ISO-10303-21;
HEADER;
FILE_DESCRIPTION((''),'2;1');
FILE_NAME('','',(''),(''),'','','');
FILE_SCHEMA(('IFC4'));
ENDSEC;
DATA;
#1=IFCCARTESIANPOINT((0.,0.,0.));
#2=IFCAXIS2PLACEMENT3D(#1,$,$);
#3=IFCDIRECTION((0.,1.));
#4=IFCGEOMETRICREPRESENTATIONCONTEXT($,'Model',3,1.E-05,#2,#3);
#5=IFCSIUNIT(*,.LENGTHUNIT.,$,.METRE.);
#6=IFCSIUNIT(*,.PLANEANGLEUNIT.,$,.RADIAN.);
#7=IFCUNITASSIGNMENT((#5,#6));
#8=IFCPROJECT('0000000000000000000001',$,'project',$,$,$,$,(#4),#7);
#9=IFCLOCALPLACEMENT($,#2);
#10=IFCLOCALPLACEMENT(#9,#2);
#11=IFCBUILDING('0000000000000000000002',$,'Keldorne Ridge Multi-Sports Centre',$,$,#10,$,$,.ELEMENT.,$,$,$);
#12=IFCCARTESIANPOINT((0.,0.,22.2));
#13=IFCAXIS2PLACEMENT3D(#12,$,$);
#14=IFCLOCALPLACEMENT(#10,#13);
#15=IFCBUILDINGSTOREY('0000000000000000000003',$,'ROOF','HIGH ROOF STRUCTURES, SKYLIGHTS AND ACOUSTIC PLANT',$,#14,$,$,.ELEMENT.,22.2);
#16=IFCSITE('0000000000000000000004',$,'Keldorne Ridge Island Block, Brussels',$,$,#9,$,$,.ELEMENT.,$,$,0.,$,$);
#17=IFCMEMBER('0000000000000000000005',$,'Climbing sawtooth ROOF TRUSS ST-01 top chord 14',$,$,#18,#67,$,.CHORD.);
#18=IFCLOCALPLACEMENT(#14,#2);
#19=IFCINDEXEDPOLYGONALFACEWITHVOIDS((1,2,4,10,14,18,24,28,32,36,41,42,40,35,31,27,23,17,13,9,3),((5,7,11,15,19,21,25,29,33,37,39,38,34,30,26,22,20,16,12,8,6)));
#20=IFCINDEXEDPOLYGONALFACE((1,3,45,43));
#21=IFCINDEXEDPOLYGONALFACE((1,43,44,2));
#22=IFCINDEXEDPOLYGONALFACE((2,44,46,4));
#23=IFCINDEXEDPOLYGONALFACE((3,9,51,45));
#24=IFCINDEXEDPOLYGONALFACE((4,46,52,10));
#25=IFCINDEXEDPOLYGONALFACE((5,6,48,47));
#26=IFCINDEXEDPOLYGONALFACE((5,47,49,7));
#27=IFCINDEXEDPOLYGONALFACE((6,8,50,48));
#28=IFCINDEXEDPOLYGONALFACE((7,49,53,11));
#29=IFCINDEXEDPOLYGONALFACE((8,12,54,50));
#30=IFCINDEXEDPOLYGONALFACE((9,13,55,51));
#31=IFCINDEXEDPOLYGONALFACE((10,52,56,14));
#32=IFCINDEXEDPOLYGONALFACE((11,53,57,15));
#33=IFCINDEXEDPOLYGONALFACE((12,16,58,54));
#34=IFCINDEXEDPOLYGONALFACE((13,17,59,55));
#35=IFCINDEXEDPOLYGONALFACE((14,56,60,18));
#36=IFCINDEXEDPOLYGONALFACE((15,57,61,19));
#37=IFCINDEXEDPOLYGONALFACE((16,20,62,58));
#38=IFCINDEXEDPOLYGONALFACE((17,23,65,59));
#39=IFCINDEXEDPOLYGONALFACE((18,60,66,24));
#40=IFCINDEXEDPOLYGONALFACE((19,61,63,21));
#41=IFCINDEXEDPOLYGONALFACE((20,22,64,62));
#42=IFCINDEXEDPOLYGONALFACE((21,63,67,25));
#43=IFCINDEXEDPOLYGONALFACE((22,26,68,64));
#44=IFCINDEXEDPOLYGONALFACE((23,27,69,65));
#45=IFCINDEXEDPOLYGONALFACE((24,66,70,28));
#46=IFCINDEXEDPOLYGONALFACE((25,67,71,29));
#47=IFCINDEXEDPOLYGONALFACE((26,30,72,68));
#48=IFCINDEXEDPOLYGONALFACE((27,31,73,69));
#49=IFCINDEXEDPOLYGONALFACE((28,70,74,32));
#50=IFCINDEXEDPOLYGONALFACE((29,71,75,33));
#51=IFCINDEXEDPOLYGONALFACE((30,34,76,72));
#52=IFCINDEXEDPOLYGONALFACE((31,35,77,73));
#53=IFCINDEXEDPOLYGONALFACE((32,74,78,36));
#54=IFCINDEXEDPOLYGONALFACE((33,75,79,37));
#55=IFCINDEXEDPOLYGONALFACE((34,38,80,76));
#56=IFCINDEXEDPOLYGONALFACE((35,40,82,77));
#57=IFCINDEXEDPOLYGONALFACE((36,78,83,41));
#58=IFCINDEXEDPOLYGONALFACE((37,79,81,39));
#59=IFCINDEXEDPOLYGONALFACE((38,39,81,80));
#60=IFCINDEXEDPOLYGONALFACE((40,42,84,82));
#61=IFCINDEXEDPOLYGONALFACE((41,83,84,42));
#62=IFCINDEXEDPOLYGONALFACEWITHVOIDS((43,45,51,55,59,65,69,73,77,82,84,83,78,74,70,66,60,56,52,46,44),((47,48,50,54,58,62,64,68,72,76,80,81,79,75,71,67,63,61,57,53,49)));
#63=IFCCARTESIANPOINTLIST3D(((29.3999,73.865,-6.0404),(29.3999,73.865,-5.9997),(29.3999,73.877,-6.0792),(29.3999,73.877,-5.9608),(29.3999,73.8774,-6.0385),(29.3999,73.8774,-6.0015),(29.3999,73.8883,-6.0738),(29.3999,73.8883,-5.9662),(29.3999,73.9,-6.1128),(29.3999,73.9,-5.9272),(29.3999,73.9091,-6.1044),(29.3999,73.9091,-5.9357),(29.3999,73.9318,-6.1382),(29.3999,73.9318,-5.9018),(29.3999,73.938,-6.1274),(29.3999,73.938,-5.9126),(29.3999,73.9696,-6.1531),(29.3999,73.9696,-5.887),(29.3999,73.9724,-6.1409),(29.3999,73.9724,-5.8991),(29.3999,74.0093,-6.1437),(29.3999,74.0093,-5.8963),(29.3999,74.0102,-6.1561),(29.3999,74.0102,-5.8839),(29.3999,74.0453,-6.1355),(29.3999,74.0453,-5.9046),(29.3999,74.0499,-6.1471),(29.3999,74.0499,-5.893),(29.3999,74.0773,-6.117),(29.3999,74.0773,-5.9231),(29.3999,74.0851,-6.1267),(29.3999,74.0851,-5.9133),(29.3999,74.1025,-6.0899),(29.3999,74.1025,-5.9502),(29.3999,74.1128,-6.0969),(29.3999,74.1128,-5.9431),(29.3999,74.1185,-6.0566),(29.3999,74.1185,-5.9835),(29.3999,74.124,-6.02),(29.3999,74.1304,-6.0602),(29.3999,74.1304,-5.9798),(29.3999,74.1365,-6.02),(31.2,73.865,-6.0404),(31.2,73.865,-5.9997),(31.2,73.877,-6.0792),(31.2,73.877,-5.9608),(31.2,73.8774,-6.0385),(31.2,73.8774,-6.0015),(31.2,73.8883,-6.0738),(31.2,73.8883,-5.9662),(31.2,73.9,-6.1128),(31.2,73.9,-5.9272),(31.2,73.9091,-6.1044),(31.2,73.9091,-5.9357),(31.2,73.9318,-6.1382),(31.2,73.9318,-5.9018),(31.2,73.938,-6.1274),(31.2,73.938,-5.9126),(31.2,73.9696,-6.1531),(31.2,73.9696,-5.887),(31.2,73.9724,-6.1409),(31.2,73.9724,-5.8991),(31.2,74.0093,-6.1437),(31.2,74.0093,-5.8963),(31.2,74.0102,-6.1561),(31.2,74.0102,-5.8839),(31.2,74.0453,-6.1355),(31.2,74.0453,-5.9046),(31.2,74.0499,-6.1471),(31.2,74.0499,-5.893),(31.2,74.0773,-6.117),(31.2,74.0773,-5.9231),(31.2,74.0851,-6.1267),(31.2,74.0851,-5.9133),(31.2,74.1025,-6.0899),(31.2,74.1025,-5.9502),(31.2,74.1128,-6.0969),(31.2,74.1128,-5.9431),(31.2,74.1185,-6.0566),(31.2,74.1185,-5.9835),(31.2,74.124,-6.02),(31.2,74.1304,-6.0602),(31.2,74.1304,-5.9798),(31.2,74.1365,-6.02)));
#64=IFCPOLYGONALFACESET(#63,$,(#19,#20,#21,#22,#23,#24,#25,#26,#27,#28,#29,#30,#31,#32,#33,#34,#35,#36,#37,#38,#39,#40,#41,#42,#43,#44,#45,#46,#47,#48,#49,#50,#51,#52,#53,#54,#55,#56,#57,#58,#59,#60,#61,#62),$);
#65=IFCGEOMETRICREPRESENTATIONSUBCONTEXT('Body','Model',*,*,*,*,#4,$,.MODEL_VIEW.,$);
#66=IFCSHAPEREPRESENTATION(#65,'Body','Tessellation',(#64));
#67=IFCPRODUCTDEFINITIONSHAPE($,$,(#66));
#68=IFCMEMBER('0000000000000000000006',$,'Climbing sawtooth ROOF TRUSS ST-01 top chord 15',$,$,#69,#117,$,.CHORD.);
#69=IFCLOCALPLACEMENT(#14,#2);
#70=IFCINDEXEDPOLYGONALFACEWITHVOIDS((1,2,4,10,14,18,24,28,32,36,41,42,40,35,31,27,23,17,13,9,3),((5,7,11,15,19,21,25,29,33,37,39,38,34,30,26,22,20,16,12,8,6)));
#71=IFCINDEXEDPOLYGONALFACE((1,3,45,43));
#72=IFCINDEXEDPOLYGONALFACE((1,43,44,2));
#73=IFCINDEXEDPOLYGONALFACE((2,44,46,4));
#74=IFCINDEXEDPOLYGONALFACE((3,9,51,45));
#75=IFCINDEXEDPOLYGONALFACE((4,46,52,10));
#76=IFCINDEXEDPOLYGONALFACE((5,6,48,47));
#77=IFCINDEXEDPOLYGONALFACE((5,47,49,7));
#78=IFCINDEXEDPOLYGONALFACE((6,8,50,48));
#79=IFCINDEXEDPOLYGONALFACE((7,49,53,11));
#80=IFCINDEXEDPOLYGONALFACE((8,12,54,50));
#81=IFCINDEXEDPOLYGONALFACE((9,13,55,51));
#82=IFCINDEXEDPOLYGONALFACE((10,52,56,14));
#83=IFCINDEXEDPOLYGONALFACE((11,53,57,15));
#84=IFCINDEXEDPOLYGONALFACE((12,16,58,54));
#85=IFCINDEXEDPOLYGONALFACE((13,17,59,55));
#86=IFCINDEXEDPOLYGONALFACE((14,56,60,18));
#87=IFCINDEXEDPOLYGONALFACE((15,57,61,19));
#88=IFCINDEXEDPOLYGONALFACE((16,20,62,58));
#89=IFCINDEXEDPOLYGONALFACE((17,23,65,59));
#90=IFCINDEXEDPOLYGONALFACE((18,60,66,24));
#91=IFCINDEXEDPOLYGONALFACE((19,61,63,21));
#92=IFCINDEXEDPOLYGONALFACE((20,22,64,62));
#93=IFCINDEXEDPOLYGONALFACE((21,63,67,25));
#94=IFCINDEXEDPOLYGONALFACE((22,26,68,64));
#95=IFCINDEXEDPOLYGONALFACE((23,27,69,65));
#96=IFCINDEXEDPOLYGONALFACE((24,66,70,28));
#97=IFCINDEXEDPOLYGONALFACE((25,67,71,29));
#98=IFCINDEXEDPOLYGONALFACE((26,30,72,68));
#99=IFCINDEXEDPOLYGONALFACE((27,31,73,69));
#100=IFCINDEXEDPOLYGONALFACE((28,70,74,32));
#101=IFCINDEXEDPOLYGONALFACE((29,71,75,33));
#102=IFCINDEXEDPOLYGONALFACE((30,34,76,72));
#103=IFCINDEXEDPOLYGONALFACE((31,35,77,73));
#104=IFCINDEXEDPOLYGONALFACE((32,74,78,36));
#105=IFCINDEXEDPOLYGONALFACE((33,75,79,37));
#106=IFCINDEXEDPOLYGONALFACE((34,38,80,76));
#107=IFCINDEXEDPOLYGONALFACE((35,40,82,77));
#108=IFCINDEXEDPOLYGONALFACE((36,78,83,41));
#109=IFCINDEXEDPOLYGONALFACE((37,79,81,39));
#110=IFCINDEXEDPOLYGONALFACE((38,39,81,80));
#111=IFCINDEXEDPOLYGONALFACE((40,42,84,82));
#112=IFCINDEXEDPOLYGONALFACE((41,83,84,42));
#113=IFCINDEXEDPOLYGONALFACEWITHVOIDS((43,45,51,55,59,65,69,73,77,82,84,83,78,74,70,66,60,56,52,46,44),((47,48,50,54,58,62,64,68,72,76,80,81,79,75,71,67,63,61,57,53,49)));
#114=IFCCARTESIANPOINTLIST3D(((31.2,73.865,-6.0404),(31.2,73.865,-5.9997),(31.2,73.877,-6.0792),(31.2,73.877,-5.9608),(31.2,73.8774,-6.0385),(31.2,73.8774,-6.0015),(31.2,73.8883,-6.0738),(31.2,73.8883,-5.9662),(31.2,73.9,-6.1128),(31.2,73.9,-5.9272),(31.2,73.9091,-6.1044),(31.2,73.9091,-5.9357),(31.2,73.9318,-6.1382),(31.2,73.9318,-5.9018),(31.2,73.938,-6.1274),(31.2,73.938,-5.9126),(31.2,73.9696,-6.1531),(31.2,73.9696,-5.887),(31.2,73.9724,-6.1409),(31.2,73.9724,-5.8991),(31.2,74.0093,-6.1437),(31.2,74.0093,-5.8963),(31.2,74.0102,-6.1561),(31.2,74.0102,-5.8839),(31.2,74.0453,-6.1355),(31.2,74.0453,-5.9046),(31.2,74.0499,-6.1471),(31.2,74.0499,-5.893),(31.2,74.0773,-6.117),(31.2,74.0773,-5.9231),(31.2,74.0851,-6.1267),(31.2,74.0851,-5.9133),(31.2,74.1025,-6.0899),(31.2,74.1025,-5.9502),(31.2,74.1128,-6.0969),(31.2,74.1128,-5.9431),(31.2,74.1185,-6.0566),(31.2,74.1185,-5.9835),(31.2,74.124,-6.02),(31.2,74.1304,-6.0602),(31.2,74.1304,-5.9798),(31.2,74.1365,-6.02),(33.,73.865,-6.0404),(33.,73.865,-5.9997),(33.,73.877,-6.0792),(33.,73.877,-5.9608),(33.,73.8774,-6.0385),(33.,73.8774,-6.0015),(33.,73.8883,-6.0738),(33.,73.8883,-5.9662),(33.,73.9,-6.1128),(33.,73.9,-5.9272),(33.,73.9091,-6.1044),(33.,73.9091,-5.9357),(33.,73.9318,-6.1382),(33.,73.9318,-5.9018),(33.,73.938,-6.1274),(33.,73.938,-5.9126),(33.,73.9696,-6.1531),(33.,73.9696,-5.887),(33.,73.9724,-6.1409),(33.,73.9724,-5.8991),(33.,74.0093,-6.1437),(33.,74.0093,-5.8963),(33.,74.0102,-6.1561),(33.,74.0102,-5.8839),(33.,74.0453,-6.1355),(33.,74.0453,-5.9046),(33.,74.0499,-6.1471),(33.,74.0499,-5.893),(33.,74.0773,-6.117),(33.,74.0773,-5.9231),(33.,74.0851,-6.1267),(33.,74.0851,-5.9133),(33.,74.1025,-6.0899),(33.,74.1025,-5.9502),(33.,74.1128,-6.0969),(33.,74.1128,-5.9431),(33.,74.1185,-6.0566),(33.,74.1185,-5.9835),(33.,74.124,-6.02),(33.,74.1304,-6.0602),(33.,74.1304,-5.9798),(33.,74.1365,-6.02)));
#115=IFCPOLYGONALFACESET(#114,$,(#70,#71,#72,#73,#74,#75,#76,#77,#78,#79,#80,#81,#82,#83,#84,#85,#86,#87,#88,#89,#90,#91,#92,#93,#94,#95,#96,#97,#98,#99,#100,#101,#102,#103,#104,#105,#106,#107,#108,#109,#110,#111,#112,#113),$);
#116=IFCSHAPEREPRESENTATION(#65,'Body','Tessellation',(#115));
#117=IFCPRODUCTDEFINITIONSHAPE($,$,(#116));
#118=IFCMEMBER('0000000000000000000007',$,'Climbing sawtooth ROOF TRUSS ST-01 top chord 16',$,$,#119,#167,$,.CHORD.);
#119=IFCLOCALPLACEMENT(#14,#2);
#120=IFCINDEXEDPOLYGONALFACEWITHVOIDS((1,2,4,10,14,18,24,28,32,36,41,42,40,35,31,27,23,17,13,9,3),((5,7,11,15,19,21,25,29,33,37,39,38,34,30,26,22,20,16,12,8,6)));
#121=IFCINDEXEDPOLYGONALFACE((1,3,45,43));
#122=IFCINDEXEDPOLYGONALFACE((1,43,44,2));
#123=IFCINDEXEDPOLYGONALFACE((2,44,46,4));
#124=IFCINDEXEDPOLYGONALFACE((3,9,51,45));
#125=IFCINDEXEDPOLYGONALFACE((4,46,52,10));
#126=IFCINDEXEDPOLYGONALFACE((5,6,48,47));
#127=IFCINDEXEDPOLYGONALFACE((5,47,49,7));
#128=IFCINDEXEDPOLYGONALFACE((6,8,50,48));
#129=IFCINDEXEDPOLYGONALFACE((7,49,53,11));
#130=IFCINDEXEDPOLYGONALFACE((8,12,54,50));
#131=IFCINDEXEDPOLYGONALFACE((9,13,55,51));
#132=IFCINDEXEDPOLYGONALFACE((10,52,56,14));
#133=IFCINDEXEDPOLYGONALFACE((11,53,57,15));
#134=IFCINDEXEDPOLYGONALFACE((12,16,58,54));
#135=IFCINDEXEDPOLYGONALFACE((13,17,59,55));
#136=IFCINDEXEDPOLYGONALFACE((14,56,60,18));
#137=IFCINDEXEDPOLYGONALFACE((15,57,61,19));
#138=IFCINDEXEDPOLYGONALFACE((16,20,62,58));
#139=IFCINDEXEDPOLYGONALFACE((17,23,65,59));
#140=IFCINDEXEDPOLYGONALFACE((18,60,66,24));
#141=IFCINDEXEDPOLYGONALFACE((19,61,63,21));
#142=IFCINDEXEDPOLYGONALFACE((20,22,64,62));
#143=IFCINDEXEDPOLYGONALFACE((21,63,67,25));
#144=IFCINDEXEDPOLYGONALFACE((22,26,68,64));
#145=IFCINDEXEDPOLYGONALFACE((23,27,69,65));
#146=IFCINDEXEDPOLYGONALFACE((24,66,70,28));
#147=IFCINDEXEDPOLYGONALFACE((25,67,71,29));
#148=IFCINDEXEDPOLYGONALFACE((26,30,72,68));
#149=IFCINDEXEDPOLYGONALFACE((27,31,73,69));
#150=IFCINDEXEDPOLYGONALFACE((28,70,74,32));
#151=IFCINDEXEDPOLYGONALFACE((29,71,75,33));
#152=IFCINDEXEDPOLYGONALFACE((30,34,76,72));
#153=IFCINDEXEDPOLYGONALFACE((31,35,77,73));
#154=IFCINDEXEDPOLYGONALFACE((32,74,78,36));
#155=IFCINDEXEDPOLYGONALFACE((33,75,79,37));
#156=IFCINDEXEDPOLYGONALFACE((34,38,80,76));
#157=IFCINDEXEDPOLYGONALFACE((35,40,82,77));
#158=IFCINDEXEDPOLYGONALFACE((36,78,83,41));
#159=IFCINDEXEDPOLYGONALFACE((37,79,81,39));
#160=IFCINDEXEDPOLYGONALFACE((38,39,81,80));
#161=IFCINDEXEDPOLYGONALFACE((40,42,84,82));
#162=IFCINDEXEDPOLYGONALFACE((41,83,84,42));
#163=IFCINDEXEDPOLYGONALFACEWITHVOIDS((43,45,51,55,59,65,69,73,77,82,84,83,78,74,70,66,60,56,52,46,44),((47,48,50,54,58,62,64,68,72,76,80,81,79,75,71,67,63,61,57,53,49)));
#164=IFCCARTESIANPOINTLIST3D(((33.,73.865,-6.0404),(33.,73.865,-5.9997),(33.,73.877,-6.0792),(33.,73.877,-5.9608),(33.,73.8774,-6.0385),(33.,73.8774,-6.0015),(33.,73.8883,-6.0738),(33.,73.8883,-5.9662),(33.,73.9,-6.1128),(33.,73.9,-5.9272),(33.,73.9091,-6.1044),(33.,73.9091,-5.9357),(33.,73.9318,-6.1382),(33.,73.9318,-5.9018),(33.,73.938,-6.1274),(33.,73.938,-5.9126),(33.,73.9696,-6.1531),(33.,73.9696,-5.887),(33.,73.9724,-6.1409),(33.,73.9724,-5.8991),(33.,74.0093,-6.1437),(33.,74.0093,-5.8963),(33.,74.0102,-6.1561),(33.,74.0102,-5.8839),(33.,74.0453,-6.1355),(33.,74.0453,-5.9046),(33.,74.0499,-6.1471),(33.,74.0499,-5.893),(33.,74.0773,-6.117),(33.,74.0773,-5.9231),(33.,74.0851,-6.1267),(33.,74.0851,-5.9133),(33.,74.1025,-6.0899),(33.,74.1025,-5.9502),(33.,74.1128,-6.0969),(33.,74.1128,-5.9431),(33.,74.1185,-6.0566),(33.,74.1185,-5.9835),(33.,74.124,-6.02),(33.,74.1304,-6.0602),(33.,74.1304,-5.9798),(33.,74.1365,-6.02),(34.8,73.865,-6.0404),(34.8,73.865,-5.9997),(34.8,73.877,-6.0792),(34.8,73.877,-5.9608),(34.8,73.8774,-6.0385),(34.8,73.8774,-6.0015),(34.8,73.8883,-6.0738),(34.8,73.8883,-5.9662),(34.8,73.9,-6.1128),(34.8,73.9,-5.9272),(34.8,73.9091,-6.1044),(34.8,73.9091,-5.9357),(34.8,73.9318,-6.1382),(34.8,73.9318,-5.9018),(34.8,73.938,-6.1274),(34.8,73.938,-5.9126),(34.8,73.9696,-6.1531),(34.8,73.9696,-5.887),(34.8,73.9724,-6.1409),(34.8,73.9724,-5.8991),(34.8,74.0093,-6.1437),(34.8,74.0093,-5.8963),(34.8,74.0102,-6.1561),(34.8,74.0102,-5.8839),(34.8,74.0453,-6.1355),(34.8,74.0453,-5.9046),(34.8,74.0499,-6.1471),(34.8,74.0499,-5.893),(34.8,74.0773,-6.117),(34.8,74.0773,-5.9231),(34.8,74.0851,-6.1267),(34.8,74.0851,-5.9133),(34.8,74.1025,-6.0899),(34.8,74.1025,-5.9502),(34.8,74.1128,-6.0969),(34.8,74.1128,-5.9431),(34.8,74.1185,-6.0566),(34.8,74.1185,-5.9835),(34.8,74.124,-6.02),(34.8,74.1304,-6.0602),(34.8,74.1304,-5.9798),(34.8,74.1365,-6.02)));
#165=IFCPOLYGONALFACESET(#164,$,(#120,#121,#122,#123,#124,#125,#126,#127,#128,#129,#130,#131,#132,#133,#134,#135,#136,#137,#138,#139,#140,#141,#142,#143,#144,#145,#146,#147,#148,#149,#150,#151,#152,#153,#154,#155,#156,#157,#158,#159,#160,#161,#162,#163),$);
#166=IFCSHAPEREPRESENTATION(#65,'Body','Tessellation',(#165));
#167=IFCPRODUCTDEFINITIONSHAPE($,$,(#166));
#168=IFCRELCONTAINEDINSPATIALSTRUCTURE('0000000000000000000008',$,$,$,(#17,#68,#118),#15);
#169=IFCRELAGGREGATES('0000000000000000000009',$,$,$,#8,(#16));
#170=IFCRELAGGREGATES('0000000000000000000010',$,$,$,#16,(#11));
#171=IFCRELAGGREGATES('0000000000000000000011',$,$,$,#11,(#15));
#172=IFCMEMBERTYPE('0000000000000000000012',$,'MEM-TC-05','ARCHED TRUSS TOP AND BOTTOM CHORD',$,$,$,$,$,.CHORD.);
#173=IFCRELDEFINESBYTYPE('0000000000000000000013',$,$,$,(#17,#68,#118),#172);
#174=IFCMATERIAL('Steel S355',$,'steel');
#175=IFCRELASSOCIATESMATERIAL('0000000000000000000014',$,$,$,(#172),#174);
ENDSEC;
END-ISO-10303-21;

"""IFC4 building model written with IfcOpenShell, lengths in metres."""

from ifc_helpers import new_model, si_unit, direction, frame, origin, origin_2d, place, context, subcontext, project, spatial, hollow_circle, extrude, material, material_profile, profile_set, type_object, element, save


model = new_model("IFC4")

# Units and contexts
model_context = context("Model", 3, precision=1e-05, world=origin(), true_north=direction((0.0, 1.0)))
body_context = subcontext(model_context, "Body", "Model", "MODEL_VIEW")
ifc_project = project(units=[si_unit("LENGTHUNIT", "METRE"), si_unit("PLANEANGLEUNIT", "RADIAN")], contexts=[model_context])

# Site, building, storey
site_placement = place(None, origin())
site = spatial("IfcSite", under=ifc_project, at=site_placement, Name="Keldorne Ridge Island Block, Brussels", CompositionType="ELEMENT", RefElevation=0.0)
building_placement = place(site_placement, origin())
building = spatial("IfcBuilding", under=site, at=building_placement, Name="Keldorne Ridge Multi-Sports Centre", CompositionType="ELEMENT")
storey_placement = place(building_placement, frame((0.0, 0.0, 22.2)))
storey = spatial("IfcBuildingStorey", under=building, at=storey_placement, Name="ROOF", Description="HIGH ROOF STRUCTURES, SKYLIGHTS AND ACOUSTIC PLANT", CompositionType="ELEMENT", Elevation=22.2)

# Shared definitions
ifc_material_1 = material(Name="Steel S355", Category="steel")

# Members
ifc_material_profile_1 = material_profile(ifc_material_1, hollow_circle(Radius=0.1365, WallThickness=0.0125, at=origin_2d()), Name="CHS 273x12.5")
ifc_profile_set_1 = profile_set([ifc_material_profile_1], Name="Steel S355")
member_type_1 = type_object("IfcMemberType", Name="MEM-TC-05", Description="ARCHED TRUSS TOP AND BOTTOM CHORD", PredefinedType="CHORD", material=ifc_profile_set_1)
for number, where, z_axis, x_axis, name in (
    (1, (29.3999, 74.0, -6.02), (1.0, 0.0, 0.0), (0.0, 1.0, 0.0), "Climbing sawtooth ROOF TRUSS ST-01 top chord 14"),
    (2, (31.2, 74.0, -6.02), (1.0, 0.0, 0.0), (0.0, 1.0, 0.0), "Climbing sawtooth ROOF TRUSS ST-01 top chord 15"),
    (3, (33.0, 74.0, -6.02), (1.0, 0.0, 0.0), (0.0, 1.0, 0.0), "Climbing sawtooth ROOF TRUSS ST-01 top chord 16"),
):
    element("IfcMember", number, at=place(storey_placement, frame(where, z_axis=z_axis, x_axis=x_axis)), inside=storey, type_object=member_type_1, Name=name, PredefinedType="CHORD", context=body_context, shape_type="SweptSolid", body=[
        extrude(hollow_circle(Radius=0.1365, WallThickness=0.0125, at=origin_2d()), origin(), (0.0, 0.0, 1.0), 1.8),
    ])

save(model, "model.ifc")
